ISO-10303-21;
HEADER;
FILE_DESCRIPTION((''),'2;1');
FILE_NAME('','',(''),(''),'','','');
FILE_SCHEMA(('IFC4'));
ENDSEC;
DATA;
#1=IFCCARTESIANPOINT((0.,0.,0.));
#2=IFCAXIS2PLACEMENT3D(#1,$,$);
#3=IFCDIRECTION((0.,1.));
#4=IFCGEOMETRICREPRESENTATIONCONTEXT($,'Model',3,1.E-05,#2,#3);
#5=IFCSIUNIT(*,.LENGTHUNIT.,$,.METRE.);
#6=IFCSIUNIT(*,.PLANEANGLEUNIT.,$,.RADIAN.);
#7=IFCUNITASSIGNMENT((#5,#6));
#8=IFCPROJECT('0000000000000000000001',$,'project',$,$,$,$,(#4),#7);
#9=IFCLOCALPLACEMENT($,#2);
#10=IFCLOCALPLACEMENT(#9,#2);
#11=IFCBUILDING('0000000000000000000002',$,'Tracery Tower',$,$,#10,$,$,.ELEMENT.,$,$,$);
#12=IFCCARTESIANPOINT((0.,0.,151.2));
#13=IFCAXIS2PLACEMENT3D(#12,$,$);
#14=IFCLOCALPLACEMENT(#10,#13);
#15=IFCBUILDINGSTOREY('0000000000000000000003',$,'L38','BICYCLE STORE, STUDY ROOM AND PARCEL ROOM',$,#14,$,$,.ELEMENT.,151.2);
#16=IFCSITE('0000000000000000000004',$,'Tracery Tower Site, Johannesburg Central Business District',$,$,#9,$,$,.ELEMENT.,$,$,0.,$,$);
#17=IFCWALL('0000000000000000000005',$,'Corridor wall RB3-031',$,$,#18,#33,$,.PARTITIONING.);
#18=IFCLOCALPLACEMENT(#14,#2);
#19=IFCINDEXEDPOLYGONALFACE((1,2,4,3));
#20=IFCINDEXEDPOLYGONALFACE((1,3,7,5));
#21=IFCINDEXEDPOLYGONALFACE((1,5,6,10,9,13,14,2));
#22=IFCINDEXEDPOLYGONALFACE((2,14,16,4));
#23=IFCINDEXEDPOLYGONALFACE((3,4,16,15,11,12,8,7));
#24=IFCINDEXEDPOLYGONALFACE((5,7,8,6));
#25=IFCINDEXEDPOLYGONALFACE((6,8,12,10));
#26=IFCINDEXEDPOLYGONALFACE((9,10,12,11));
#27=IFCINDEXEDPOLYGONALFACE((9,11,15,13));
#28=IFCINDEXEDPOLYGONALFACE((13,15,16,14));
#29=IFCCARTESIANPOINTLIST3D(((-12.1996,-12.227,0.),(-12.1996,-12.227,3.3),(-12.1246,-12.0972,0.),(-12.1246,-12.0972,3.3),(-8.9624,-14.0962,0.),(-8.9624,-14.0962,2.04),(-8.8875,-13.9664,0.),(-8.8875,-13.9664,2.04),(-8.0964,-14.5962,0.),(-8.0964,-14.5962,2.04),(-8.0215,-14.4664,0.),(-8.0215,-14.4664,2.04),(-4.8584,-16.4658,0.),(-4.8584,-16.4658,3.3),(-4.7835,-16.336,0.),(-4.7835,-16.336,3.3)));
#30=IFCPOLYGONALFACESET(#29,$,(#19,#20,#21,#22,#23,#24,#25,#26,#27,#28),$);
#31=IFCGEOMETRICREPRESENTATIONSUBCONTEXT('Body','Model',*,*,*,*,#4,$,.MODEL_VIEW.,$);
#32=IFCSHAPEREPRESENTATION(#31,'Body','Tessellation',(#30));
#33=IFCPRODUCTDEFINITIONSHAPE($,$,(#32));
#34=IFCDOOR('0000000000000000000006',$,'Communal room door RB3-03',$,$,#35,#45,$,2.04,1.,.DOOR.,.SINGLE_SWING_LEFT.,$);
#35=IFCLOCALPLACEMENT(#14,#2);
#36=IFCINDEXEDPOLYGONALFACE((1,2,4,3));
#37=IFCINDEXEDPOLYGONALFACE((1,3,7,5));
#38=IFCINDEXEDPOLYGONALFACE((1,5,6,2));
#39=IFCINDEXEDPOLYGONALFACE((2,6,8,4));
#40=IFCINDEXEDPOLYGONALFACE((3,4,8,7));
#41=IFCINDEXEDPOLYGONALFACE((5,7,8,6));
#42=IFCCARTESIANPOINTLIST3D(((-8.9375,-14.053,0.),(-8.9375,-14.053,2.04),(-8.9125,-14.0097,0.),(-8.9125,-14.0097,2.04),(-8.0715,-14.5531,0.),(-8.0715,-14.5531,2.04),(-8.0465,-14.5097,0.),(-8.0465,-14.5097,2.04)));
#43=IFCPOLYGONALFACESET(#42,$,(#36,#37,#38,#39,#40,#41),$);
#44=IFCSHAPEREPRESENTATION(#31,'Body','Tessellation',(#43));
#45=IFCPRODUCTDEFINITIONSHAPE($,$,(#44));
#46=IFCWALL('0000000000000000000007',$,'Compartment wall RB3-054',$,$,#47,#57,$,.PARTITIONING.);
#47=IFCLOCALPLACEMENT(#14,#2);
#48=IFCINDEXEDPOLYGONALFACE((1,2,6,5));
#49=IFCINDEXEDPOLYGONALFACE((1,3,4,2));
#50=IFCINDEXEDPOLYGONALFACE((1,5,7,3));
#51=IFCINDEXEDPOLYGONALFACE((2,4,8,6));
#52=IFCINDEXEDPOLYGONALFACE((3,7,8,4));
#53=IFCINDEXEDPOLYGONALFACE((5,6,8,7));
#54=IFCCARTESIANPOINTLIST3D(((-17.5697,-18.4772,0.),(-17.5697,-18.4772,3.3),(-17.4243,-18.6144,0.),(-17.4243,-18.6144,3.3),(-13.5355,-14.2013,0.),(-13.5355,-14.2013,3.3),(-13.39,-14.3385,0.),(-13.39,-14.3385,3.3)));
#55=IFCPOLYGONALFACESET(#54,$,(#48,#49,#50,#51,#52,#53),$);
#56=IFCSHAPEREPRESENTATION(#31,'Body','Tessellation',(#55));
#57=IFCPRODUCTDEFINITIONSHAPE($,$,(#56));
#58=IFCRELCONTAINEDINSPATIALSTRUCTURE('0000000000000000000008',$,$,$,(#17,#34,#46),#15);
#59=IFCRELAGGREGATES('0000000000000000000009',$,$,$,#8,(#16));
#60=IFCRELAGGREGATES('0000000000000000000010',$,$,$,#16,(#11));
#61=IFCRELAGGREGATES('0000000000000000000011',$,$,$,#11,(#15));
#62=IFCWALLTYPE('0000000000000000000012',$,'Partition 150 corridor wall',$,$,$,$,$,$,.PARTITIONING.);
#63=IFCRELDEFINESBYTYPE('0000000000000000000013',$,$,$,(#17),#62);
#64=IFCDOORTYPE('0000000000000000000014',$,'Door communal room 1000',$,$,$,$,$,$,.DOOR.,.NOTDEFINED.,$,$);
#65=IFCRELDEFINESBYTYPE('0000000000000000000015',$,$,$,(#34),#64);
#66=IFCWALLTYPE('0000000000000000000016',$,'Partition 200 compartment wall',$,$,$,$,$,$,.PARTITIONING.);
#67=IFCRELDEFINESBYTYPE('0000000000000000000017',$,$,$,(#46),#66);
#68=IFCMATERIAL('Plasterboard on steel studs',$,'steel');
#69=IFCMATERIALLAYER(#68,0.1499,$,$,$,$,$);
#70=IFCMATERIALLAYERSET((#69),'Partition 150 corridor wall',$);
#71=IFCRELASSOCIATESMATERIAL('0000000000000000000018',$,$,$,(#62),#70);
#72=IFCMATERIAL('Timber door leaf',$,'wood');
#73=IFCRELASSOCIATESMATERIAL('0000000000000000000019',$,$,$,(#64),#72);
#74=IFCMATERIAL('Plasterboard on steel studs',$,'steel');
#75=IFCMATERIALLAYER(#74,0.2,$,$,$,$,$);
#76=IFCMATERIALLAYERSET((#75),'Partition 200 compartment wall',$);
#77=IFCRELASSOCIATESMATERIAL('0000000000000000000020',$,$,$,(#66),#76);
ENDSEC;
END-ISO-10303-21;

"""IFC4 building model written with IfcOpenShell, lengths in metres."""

from ifc_helpers import new_model, si_unit, direction, frame, frame_2d, origin, place, context, subcontext, project, spatial, rectangle, extrude, material, layer, layer_set, type_object, element, fill, save


model = new_model("IFC4")

# Units and contexts
model_context = context("Model", 3, precision=1e-05, world=origin(), true_north=direction((0.0, 1.0)))
body_context = subcontext(model_context, "Body", "Model", "MODEL_VIEW")
ifc_project = project(units=[si_unit("LENGTHUNIT", "METRE"), si_unit("PLANEANGLEUNIT", "RADIAN")], contexts=[model_context])

# Site, building, storey
site_placement = place(None, origin())
site = spatial("IfcSite", under=ifc_project, at=site_placement, Name="Tracery Tower Site, Johannesburg Central Business District", CompositionType="ELEMENT", RefElevation=0.0)
building_placement = place(site_placement, origin())
building = spatial("IfcBuilding", under=site, at=building_placement, Name="Tracery Tower", CompositionType="ELEMENT")
storey_placement = place(building_placement, frame((0.0, 0.0, 151.2)))
storey = spatial("IfcBuildingStorey", under=building, at=storey_placement, Name="L38", Description="BICYCLE STORE, STUDY ROOM AND PARCEL ROOM", CompositionType="ELEMENT", Elevation=151.2)

# Wall, opening, door
ifc_material_1 = material(Name="Plasterboard on steel studs", Category="steel")
ifc_layer_1 = layer(ifc_material_1, 0.1499)
ifc_layer_set_1 = layer_set([ifc_layer_1], Name="Partition 150 corridor wall")
wall_type_1 = type_object("IfcWallType", Name="Partition 150 corridor wall", PredefinedType="PARTITIONING", material=ifc_layer_set_1)
wall_1_placement = place(storey_placement, frame((-12.1621, -12.1621, 0.0), z_axis=(0.0, 0.0, 1.0), x_axis=(0.866005, -0.500036, 0.0)))
wall_1 = element("IfcWall", 1, at=wall_1_placement, inside=storey, type_object=wall_type_1, Name="Corridor wall RB3-031", PredefinedType="PARTITIONING", context=body_context, shape_type="SweptSolid", body=[
    extrude(rectangle(XDim=8.4771, YDim=0.1499, at=frame_2d((4.2385, 0.0))), origin(), (0.0, 0.0, 1.0), 3.3),
])
opening_1_placement = place(wall_1_placement, frame((3.738, 0.0, 0.0)))
opening_1 = element("IfcOpeningElement", 2, at=opening_1_placement, cuts=wall_1, PredefinedType="OPENING", context=body_context, shape_type="SweptSolid", body=[
    extrude(rectangle(XDim=1.0, YDim=2.04, at=frame_2d((0.5, 1.02))), frame((0.0, 0.075, 0.0), z_axis=(0.0, -1.0, 0.0), x_axis=(1.0, 0.0, 0.0)), (0.0, 0.0, 1.0), 0.1499),
])
ifc_material_2 = material(Name="Timber door leaf", Category="wood")
door_type_1 = type_object("IfcDoorType", Name="Door communal room 1000", OperationType="NOTDEFINED", PredefinedType="DOOR", material=ifc_material_2)
door_1_placement = place(opening_1_placement, origin())
door_1 = element("IfcDoor", 3, at=door_1_placement, inside=storey, type_object=door_type_1, Name="Communal room door RB3-03", OperationType="SINGLE_SWING_LEFT", OverallHeight=2.04, OverallWidth=1.0, PredefinedType="DOOR", context=body_context, shape_type="SweptSolid", body=[
    extrude(rectangle(XDim=1.0, YDim=2.04, at=frame_2d((0.5, 1.02))), frame((0.0, 0.0249, 0.0), z_axis=(0.0, -1.0, 0.0), x_axis=(1.0, 0.0, 0.0)), (0.0, 0.0, 1.0), 0.05),
])
fill(opening_1, door_1)

# Wall
ifc_material_3 = material(Name="Plasterboard on steel studs", Category="steel")
ifc_layer_2 = layer(ifc_material_3, 0.2)
ifc_layer_set_2 = layer_set([ifc_layer_2], Name="Partition 200 compartment wall")
wall_type_2 = type_object("IfcWallType", Name="Partition 200 compartment wall", PredefinedType="PARTITIONING", material=ifc_layer_set_2)
wall_2_placement = place(storey_placement, frame((-17.4971, -18.5459, 0.0), z_axis=(0.0, 0.0, 1.0), x_axis=(0.68625, 0.727365, 0.0)))
element("IfcWall", 4, at=wall_2_placement, inside=storey, type_object=wall_type_2, Name="Compartment wall RB3-054", PredefinedType="PARTITIONING", context=body_context, shape_type="SweptSolid", body=[
    extrude(rectangle(XDim=5.8787, YDim=0.2, at=frame_2d((2.9395, 0.0))), origin(), (0.0, 0.0, 1.0), 3.3),
])

save(model, "model.ifc")
